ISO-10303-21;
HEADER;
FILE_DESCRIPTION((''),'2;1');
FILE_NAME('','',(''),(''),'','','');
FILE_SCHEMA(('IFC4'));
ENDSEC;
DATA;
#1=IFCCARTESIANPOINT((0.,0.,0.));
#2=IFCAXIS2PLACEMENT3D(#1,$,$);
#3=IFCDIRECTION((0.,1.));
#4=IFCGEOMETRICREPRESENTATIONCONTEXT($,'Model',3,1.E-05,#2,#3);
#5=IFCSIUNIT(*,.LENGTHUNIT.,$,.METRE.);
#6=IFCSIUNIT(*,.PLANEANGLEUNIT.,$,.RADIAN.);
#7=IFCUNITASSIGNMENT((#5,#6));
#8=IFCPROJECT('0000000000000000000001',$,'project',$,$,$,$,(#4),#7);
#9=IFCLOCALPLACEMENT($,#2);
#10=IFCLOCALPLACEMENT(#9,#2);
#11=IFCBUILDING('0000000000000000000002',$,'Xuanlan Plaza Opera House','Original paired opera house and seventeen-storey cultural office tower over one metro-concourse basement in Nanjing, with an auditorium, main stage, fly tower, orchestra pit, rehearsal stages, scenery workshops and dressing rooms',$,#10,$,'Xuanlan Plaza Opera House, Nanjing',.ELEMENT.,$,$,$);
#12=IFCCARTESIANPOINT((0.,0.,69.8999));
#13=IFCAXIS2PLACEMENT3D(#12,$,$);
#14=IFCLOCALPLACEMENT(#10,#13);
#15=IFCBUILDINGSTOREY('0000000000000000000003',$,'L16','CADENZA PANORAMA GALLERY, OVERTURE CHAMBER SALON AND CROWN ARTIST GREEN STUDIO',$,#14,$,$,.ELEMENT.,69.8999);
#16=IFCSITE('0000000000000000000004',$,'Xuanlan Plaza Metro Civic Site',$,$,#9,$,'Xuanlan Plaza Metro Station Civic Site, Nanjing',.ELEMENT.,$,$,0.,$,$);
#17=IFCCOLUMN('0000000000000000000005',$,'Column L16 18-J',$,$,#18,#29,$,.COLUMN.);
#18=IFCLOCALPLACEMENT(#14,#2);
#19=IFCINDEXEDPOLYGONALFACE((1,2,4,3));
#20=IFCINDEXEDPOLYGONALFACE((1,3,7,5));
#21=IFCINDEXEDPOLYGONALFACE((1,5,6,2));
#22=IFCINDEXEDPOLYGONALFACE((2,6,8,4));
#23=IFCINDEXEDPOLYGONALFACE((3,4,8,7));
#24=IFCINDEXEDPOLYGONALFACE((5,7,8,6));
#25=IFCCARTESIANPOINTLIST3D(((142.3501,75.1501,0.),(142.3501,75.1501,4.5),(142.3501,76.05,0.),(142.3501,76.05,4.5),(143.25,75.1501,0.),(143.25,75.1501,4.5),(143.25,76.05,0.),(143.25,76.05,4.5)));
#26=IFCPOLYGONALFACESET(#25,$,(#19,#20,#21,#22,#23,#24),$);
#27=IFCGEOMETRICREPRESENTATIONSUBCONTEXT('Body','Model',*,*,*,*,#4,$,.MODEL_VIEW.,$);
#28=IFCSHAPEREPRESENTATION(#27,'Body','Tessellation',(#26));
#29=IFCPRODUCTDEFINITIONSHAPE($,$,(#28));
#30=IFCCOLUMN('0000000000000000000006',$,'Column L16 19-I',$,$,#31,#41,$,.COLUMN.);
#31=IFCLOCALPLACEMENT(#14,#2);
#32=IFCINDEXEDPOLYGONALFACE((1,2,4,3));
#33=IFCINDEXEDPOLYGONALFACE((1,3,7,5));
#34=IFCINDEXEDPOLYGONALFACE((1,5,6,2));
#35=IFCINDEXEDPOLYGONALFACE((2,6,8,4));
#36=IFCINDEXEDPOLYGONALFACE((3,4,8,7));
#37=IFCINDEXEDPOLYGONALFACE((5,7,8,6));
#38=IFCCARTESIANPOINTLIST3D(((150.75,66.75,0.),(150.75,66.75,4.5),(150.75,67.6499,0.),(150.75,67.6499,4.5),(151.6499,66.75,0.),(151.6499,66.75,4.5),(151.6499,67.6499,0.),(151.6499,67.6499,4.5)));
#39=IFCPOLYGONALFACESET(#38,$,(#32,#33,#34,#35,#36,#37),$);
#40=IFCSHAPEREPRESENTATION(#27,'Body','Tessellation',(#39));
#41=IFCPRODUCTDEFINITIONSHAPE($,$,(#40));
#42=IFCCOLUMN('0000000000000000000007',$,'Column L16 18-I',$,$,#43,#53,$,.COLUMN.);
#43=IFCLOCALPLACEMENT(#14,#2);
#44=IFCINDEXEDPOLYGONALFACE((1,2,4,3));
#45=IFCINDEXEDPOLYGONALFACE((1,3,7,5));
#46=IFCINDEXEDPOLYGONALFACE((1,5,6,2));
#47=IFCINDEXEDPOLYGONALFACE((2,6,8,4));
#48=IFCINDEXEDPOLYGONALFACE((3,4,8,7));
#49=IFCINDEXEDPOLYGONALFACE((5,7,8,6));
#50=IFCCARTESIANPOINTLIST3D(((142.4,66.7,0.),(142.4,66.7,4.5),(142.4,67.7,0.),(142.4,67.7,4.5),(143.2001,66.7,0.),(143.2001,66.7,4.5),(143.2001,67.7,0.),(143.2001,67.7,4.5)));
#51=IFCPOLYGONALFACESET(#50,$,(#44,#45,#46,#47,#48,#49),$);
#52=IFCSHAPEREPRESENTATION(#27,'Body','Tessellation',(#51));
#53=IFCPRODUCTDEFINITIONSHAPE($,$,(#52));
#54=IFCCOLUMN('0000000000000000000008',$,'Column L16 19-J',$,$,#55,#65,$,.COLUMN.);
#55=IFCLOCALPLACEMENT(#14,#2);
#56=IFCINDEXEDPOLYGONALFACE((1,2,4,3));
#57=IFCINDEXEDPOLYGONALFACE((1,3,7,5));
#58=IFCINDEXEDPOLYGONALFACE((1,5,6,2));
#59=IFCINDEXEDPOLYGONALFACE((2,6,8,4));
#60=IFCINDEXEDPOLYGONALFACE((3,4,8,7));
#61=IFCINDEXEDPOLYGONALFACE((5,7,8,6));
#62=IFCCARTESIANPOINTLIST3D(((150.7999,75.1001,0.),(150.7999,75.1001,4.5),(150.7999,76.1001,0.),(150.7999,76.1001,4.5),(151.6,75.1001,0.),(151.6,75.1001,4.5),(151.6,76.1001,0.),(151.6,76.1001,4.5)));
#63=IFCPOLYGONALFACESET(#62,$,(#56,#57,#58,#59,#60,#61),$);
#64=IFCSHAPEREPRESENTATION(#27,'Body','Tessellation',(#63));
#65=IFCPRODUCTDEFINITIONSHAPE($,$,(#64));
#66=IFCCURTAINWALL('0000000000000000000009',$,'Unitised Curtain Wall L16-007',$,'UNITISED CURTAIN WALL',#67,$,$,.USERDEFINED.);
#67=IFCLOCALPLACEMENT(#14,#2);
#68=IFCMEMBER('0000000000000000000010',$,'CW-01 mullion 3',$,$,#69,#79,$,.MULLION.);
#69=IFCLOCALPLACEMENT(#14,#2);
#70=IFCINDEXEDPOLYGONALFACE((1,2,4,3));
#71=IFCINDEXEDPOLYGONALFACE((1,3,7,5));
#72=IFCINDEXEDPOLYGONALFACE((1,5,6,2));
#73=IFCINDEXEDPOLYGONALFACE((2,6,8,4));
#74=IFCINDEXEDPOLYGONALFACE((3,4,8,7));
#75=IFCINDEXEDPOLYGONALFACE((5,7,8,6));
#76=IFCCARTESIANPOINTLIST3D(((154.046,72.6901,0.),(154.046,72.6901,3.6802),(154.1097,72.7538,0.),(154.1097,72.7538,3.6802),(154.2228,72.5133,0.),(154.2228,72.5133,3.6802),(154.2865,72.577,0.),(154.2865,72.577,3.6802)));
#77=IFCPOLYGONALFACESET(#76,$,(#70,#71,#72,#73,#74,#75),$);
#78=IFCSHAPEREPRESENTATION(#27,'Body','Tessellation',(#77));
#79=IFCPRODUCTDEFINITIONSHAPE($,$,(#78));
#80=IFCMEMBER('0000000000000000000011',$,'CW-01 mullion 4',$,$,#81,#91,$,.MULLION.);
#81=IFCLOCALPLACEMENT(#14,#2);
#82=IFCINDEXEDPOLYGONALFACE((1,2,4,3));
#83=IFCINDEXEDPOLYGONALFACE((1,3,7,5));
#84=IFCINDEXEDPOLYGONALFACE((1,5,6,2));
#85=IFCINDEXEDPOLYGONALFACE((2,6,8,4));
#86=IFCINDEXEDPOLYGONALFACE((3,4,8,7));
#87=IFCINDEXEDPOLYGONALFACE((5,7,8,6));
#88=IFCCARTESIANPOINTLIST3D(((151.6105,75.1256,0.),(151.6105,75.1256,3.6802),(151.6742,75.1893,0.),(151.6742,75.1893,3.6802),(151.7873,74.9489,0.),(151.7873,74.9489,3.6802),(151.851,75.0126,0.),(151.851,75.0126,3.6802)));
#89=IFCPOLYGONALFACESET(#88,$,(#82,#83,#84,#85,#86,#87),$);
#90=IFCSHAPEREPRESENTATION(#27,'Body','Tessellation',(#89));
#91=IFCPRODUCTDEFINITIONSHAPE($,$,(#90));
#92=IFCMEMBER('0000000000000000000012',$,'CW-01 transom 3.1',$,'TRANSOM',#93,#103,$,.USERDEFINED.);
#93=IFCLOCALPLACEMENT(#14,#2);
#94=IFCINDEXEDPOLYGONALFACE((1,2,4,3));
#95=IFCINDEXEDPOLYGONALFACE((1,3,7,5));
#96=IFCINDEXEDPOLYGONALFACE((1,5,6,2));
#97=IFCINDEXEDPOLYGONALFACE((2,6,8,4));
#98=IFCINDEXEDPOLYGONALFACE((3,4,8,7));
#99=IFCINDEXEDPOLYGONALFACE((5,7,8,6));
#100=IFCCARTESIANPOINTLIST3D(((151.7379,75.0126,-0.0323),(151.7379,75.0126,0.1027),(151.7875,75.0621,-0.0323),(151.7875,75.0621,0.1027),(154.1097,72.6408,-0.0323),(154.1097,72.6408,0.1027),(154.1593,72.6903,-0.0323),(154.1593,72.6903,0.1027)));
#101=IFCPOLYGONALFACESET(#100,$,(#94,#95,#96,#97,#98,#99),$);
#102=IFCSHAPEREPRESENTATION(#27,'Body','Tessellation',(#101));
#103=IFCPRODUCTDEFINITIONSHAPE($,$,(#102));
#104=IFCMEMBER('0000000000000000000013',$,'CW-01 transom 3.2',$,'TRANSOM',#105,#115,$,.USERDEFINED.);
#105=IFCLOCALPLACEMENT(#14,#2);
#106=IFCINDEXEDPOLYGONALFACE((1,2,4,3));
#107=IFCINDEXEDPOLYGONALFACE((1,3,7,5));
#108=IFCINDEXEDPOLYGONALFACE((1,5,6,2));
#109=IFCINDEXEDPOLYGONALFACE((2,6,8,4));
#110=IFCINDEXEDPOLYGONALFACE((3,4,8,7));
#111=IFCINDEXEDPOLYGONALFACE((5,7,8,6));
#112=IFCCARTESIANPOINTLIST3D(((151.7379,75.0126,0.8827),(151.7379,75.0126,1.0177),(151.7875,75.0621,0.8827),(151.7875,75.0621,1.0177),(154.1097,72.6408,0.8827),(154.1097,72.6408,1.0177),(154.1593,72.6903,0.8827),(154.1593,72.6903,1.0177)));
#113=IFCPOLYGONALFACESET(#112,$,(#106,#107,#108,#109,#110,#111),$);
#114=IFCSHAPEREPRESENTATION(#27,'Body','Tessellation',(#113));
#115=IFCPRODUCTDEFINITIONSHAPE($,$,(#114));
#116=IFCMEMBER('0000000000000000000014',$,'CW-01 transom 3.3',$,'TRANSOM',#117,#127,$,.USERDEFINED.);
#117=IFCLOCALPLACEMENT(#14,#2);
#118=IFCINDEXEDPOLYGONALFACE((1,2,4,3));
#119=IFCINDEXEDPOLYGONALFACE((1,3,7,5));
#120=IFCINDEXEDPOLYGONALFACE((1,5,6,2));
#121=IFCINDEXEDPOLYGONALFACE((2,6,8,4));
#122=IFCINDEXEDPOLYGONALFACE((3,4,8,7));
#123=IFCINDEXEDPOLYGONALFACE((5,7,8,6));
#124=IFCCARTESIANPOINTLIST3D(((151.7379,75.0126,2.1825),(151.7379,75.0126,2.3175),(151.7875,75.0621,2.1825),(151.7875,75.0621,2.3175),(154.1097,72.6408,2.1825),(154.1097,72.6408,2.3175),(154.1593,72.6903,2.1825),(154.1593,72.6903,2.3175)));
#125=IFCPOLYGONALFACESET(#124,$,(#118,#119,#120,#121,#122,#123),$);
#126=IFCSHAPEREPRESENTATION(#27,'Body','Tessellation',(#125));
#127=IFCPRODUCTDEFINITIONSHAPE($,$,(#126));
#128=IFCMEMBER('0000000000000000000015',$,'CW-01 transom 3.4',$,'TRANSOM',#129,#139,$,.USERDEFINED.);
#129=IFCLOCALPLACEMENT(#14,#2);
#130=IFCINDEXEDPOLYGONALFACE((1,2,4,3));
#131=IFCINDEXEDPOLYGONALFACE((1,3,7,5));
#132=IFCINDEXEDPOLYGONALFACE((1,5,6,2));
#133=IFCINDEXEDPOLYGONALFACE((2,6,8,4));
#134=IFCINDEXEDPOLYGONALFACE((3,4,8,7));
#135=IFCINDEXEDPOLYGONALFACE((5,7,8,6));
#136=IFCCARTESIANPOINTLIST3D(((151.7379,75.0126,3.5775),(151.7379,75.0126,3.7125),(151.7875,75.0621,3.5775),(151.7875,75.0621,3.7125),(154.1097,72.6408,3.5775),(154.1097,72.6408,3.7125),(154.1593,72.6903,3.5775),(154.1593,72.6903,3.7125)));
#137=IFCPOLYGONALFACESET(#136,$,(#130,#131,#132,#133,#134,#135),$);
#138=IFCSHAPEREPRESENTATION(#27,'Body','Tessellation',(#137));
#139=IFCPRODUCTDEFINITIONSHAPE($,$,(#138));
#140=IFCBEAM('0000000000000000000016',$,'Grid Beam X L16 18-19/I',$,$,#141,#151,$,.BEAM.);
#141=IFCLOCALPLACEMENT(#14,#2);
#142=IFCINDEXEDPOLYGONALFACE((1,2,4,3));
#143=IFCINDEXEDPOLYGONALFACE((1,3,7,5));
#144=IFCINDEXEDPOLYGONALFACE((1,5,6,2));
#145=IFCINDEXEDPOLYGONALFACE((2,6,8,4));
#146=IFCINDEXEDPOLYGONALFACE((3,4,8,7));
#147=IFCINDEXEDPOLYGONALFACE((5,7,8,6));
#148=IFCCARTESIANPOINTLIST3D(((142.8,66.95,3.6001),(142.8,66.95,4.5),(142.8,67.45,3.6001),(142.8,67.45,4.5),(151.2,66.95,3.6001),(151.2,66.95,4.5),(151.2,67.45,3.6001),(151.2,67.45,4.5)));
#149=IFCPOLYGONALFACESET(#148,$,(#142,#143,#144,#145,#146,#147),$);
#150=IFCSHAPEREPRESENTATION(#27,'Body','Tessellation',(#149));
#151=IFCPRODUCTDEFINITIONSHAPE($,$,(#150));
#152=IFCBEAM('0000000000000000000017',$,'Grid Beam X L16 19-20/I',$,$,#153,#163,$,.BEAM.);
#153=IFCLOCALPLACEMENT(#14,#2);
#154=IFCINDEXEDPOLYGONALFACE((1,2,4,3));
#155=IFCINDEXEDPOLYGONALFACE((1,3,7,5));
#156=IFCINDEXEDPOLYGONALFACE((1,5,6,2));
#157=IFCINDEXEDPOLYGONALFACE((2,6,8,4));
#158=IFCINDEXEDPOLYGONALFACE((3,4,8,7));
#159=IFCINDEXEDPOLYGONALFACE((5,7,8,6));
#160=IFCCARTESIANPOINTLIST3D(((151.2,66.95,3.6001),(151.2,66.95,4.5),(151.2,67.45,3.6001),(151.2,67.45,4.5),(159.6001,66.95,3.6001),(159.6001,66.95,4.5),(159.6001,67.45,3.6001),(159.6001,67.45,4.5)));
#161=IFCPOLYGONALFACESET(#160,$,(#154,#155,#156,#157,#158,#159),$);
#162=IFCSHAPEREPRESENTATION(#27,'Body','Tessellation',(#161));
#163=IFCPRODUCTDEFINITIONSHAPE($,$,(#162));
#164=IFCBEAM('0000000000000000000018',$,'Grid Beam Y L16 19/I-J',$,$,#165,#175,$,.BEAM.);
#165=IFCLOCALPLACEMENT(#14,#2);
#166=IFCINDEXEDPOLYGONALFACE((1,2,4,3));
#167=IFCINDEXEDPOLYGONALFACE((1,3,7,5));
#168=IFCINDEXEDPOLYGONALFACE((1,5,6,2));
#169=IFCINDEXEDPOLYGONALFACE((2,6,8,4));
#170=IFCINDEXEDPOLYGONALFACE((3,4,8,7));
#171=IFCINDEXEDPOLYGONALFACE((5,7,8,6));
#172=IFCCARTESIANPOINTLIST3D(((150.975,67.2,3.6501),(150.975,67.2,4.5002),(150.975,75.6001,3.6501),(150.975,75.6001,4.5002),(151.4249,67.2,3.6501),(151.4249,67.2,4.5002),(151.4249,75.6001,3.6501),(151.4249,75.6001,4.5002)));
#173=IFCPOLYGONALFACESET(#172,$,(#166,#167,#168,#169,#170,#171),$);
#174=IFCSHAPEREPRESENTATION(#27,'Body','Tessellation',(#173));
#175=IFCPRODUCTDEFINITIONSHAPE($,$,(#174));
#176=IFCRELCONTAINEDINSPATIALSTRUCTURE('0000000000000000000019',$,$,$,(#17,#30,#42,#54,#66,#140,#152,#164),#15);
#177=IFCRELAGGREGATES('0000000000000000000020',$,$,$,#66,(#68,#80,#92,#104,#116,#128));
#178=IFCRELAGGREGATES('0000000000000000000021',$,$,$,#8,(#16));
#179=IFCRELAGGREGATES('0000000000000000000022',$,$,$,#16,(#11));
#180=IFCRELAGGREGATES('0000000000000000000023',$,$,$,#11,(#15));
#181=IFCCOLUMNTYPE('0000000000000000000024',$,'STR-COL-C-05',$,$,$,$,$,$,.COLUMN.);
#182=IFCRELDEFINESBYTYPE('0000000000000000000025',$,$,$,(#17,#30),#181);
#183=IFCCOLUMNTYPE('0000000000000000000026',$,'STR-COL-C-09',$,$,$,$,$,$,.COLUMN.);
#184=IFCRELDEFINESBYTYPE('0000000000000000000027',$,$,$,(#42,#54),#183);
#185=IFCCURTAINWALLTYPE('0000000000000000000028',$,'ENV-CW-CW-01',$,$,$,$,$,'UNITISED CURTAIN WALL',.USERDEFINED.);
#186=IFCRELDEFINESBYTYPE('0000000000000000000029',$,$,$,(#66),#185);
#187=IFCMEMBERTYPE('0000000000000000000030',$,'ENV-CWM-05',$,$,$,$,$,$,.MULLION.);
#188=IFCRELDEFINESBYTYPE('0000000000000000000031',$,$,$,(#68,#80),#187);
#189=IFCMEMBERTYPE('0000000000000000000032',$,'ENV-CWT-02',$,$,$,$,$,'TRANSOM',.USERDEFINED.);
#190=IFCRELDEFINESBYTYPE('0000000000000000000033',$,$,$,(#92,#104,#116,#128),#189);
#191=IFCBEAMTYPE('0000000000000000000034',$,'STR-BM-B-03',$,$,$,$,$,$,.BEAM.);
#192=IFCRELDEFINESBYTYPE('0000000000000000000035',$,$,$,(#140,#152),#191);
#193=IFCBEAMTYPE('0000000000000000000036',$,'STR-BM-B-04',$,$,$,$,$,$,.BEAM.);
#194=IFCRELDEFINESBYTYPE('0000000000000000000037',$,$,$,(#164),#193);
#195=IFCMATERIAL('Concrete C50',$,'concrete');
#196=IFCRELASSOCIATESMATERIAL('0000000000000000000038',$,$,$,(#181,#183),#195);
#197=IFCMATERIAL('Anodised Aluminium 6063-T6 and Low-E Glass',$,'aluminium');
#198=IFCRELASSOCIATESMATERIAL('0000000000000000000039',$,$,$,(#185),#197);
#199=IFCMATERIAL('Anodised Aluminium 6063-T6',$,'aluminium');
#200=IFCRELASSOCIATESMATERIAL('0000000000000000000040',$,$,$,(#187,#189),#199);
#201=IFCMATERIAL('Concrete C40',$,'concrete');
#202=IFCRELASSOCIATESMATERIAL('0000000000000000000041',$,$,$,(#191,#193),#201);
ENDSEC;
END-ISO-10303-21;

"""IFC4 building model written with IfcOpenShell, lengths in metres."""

from ifc_helpers import new_model, si_unit, direction, frame, origin, origin_2d, place, context, subcontext, project, spatial, rectangle, extrude, material, material_profile, profile_set, type_object, element, aggregate, save


model = new_model("IFC4")

# Units and contexts
model_context = context("Model", 3, precision=1e-05, world=origin(), true_north=direction((0.0, 1.0)))
body_context = subcontext(model_context, "Body", "Model", "MODEL_VIEW")
ifc_project = project(units=[si_unit("LENGTHUNIT", "METRE"), si_unit("PLANEANGLEUNIT", "RADIAN")], contexts=[model_context])

# Site, building, storey
site_placement = place(None, origin())
site = spatial("IfcSite", under=ifc_project, at=site_placement, Name="Xuanlan Plaza Metro Civic Site", LongName="Xuanlan Plaza Metro Station Civic Site, Nanjing", CompositionType="ELEMENT", RefElevation=0.0)
building_placement = place(site_placement, origin())
building = spatial("IfcBuilding", under=site, at=building_placement, Name="Xuanlan Plaza Opera House", Description="Original paired opera house and seventeen-storey cultural office tower over one metro-concourse basement in Nanjing, with an auditorium, main stage, fly tower, orchestra pit, rehearsal stages, scenery workshops and dressing rooms", LongName="Xuanlan Plaza Opera House, Nanjing", CompositionType="ELEMENT")
storey_placement = place(building_placement, frame((0.0, 0.0, 69.8999)))
storey = spatial("IfcBuildingStorey", under=building, at=storey_placement, Name="L16", Description="CADENZA PANORAMA GALLERY, OVERTURE CHAMBER SALON AND CROWN ARTIST GREEN STUDIO", CompositionType="ELEMENT", Elevation=69.8999)

# Columns
ifc_material_1 = material(Name="Concrete C50", Category="concrete")
ifc_material_profile_1 = material_profile(ifc_material_1, rectangle(XDim=0.8999, YDim=0.8999, at=origin_2d()), Name="RC-COL 900x900")
ifc_profile_set_1 = profile_set([ifc_material_profile_1], Name="Concrete C50")
column_type_1 = type_object("IfcColumnType", Name="STR-COL-C-05", PredefinedType="COLUMN", material=ifc_profile_set_1)
for number, where, z_axis, x_axis, name in (
    (1, (142.8, 75.6001, 0.0), (0.0, 0.0, 1.0), (1.0, 0.0, 0.0), "Column L16 18-J"),
    (2, (151.2, 67.2, 0.0), (0.0, 0.0, 1.0), (1.0, 0.0, 0.0), "Column L16 19-I"),
):
    element("IfcColumn", number, at=place(storey_placement, frame(where, z_axis=z_axis, x_axis=x_axis)), inside=storey, type_object=column_type_1, Name=name, PredefinedType="COLUMN", context=body_context, shape_type="SweptSolid", body=[
        extrude(rectangle(XDim=0.8999, YDim=0.8999, at=origin_2d()), origin(), (0.0, 0.0, 1.0), 4.5),
    ])
ifc_material_profile_2 = material_profile(ifc_material_1, rectangle(XDim=0.8, YDim=1.0, at=origin_2d()), Name="RC-COL 800x1000")
ifc_profile_set_2 = profile_set([ifc_material_profile_2], Name="Concrete C50")
column_type_2 = type_object("IfcColumnType", Name="STR-COL-C-09", PredefinedType="COLUMN", material=ifc_profile_set_2)
for number, where, z_axis, x_axis, name in (
    (3, (142.8, 67.2, 0.0), (0.0, 0.0, 1.0), (1.0, 0.0, 0.0), "Column L16 18-I"),
    (4, (151.2, 75.6001, 0.0), (0.0, 0.0, 1.0), (1.0, 0.0, 0.0), "Column L16 19-J"),
):
    element("IfcColumn", number, at=place(storey_placement, frame(where, z_axis=z_axis, x_axis=x_axis)), inside=storey, type_object=column_type_2, Name=name, PredefinedType="COLUMN", context=body_context, shape_type="SweptSolid", body=[
        extrude(rectangle(XDim=0.8, YDim=1.0, at=origin_2d()), origin(), (0.0, 0.0, 1.0), 4.5),
    ])

# Curtain wall, members
ifc_material_2 = material(Name="Anodised Aluminium 6063-T6 and Low-E Glass", Category="aluminium")
curtain_wall_type = type_object("IfcCurtainWallType", Name="ENV-CW-CW-01", ElementType="UNITISED CURTAIN WALL", PredefinedType="USERDEFINED", material=ifc_material_2)
curtain_wall_placement = place(storey_placement, origin())
curtain_wall = element("IfcCurtainWall", 5, at=curtain_wall_placement, inside=storey, type_object=curtain_wall_type, Name="Unitised Curtain Wall L16-007", ObjectType="UNITISED CURTAIN WALL", PredefinedType="USERDEFINED")
ifc_material_3 = material(Name="Anodised Aluminium 6063-T6", Category="aluminium")
ifc_material_profile_3 = material_profile(ifc_material_3, rectangle(XDim=0.0901, YDim=0.25, at=origin_2d()), Name="ALU-M 90x250")
ifc_profile_set_3 = profile_set([ifc_material_profile_3], Name="Anodised Aluminium 6063-T6")
member_type_1 = type_object("IfcMemberType", Name="ENV-CWM-05", PredefinedType="MULLION", material=ifc_profile_set_3)
member_1_placement = place(storey_placement, frame((154.1663, 72.6335, 0.0), z_axis=(0.0, 0.0, 1.0), x_axis=(-0.707107, -0.707107, 0.0)))
member_1 = element("IfcMember", 6, at=member_1_placement, type_object=member_type_1, Name="CW-01 mullion 3", PredefinedType="MULLION", context=body_context, shape_type="SweptSolid", body=[
    extrude(rectangle(XDim=0.0901, YDim=0.25, at=origin_2d()), origin(), (0.0, 0.0, 1.0), 3.6802),
])
member_2_placement = place(storey_placement, frame((151.7307, 75.0691, 0.0), z_axis=(0.0, 0.0, 1.0), x_axis=(-0.707107, -0.707107, 0.0)))
member_2 = element("IfcMember", 7, at=member_2_placement, type_object=member_type_1, Name="CW-01 mullion 4", PredefinedType="MULLION", context=body_context, shape_type="SweptSolid", body=[
    extrude(rectangle(XDim=0.0901, YDim=0.25, at=origin_2d()), origin(), (0.0, 0.0, 1.0), 3.6802),
])
ifc_material_profile_4 = material_profile(ifc_material_3, rectangle(XDim=0.0701, YDim=0.135, at=origin_2d()), Name="ALU-T 70x135")
ifc_profile_set_4 = profile_set([ifc_material_profile_4], Name="Anodised Aluminium 6063-T6")
member_type_2 = type_object("IfcMemberType", Name="ENV-CWT-02", ElementType="TRANSOM", PredefinedType="USERDEFINED", material=ifc_profile_set_4)
member_3_placement = place(storey_placement, frame((154.1345, 72.6655, 0.0352), z_axis=(-0.707107, 0.707107, 0.0), x_axis=(-0.707107, -0.707107, 0.0)))
member_3 = element("IfcMember", 8, at=member_3_placement, type_object=member_type_2, Name="CW-01 transom 3.1", ObjectType="TRANSOM", PredefinedType="USERDEFINED", context=body_context, shape_type="SweptSolid", body=[
    extrude(rectangle(XDim=0.0701, YDim=0.135, at=origin_2d()), origin(), (0.0, 0.0, 1.0), 3.3542),
])
member_4_placement = place(storey_placement, frame((154.1345, 72.6655, 0.9502), z_axis=(-0.707107, 0.707107, 0.0), x_axis=(-0.707107, -0.707107, 0.0)))
member_4 = element("IfcMember", 9, at=member_4_placement, type_object=member_type_2, Name="CW-01 transom 3.2", ObjectType="TRANSOM", PredefinedType="USERDEFINED", context=body_context, shape_type="SweptSolid", body=[
    extrude(rectangle(XDim=0.0701, YDim=0.135, at=origin_2d()), origin(), (0.0, 0.0, 1.0), 3.3542),
])
member_5_placement = place(storey_placement, frame((154.1345, 72.6655, 2.25), z_axis=(-0.707107, 0.707107, 0.0), x_axis=(-0.707107, -0.707107, 0.0)))
member_5 = element("IfcMember", 10, at=member_5_placement, type_object=member_type_2, Name="CW-01 transom 3.3", ObjectType="TRANSOM", PredefinedType="USERDEFINED", context=body_context, shape_type="SweptSolid", body=[
    extrude(rectangle(XDim=0.0701, YDim=0.135, at=origin_2d()), origin(), (0.0, 0.0, 1.0), 3.3542),
])
member_6_placement = place(storey_placement, frame((154.1345, 72.6655, 3.645), z_axis=(-0.707107, 0.707107, 0.0), x_axis=(-0.707107, -0.707107, 0.0)))
member_6 = element("IfcMember", 11, at=member_6_placement, type_object=member_type_2, Name="CW-01 transom 3.4", ObjectType="TRANSOM", PredefinedType="USERDEFINED", context=body_context, shape_type="SweptSolid", body=[
    extrude(rectangle(XDim=0.0701, YDim=0.135, at=origin_2d()), origin(), (0.0, 0.0, 1.0), 3.3542),
])

# Beams
ifc_material_4 = material(Name="Concrete C40", Category="concrete")
ifc_material_profile_5 = material_profile(ifc_material_4, rectangle(XDim=0.5, YDim=0.8999, at=origin_2d()), Name="RC-BM 500x900")
ifc_profile_set_5 = profile_set([ifc_material_profile_5], Name="Concrete C40")
beam_type_1 = type_object("IfcBeamType", Name="STR-BM-B-03", PredefinedType="BEAM", material=ifc_profile_set_5)
beam_1_placement = place(storey_placement, frame((142.8, 67.2, 4.05), z_axis=(1.0, 0.0, 0.0), x_axis=(0.0, 1.0, 0.0)))
element("IfcBeam", 12, at=beam_1_placement, inside=storey, type_object=beam_type_1, Name="Grid Beam X L16 18-19/I", PredefinedType="BEAM", context=body_context, shape_type="SweptSolid", body=[
    extrude(rectangle(XDim=0.5, YDim=0.8999, at=origin_2d()), origin(), (0.0, 0.0, 1.0), 8.3999),
])
beam_2_placement = place(storey_placement, frame((151.2, 67.2, 4.05), z_axis=(1.0, 0.0, 0.0), x_axis=(0.0, 1.0, 0.0)))
element("IfcBeam", 13, at=beam_2_placement, inside=storey, type_object=beam_type_1, Name="Grid Beam X L16 19-20/I", PredefinedType="BEAM", context=body_context, shape_type="SweptSolid", body=[
    extrude(rectangle(XDim=0.5, YDim=0.8999, at=origin_2d()), origin(), (0.0, 0.0, 1.0), 8.4001),
])
ifc_material_profile_6 = material_profile(ifc_material_4, rectangle(XDim=0.45, YDim=0.8501, at=origin_2d()), Name="RC-BM 450x850")
ifc_profile_set_6 = profile_set([ifc_material_profile_6], Name="Concrete C40")
beam_type_2 = type_object("IfcBeamType", Name="STR-BM-B-04", PredefinedType="BEAM", material=ifc_profile_set_6)
beam_3_placement = place(storey_placement, frame((151.2, 67.2, 4.0752), z_axis=(0.0, 1.0, 0.0), x_axis=(-1.0, 0.0, 0.0)))
element("IfcBeam", 14, at=beam_3_placement, inside=storey, type_object=beam_type_2, Name="Grid Beam Y L16 19/I-J", PredefinedType="BEAM", context=body_context, shape_type="SweptSolid", body=[
    extrude(rectangle(XDim=0.45, YDim=0.8501, at=origin_2d()), origin(), (0.0, 0.0, 1.0), 8.4001),
])

aggregate(curtain_wall, [member_1, member_2, member_3, member_4, member_5, member_6])

save(model, "model.ifc")
